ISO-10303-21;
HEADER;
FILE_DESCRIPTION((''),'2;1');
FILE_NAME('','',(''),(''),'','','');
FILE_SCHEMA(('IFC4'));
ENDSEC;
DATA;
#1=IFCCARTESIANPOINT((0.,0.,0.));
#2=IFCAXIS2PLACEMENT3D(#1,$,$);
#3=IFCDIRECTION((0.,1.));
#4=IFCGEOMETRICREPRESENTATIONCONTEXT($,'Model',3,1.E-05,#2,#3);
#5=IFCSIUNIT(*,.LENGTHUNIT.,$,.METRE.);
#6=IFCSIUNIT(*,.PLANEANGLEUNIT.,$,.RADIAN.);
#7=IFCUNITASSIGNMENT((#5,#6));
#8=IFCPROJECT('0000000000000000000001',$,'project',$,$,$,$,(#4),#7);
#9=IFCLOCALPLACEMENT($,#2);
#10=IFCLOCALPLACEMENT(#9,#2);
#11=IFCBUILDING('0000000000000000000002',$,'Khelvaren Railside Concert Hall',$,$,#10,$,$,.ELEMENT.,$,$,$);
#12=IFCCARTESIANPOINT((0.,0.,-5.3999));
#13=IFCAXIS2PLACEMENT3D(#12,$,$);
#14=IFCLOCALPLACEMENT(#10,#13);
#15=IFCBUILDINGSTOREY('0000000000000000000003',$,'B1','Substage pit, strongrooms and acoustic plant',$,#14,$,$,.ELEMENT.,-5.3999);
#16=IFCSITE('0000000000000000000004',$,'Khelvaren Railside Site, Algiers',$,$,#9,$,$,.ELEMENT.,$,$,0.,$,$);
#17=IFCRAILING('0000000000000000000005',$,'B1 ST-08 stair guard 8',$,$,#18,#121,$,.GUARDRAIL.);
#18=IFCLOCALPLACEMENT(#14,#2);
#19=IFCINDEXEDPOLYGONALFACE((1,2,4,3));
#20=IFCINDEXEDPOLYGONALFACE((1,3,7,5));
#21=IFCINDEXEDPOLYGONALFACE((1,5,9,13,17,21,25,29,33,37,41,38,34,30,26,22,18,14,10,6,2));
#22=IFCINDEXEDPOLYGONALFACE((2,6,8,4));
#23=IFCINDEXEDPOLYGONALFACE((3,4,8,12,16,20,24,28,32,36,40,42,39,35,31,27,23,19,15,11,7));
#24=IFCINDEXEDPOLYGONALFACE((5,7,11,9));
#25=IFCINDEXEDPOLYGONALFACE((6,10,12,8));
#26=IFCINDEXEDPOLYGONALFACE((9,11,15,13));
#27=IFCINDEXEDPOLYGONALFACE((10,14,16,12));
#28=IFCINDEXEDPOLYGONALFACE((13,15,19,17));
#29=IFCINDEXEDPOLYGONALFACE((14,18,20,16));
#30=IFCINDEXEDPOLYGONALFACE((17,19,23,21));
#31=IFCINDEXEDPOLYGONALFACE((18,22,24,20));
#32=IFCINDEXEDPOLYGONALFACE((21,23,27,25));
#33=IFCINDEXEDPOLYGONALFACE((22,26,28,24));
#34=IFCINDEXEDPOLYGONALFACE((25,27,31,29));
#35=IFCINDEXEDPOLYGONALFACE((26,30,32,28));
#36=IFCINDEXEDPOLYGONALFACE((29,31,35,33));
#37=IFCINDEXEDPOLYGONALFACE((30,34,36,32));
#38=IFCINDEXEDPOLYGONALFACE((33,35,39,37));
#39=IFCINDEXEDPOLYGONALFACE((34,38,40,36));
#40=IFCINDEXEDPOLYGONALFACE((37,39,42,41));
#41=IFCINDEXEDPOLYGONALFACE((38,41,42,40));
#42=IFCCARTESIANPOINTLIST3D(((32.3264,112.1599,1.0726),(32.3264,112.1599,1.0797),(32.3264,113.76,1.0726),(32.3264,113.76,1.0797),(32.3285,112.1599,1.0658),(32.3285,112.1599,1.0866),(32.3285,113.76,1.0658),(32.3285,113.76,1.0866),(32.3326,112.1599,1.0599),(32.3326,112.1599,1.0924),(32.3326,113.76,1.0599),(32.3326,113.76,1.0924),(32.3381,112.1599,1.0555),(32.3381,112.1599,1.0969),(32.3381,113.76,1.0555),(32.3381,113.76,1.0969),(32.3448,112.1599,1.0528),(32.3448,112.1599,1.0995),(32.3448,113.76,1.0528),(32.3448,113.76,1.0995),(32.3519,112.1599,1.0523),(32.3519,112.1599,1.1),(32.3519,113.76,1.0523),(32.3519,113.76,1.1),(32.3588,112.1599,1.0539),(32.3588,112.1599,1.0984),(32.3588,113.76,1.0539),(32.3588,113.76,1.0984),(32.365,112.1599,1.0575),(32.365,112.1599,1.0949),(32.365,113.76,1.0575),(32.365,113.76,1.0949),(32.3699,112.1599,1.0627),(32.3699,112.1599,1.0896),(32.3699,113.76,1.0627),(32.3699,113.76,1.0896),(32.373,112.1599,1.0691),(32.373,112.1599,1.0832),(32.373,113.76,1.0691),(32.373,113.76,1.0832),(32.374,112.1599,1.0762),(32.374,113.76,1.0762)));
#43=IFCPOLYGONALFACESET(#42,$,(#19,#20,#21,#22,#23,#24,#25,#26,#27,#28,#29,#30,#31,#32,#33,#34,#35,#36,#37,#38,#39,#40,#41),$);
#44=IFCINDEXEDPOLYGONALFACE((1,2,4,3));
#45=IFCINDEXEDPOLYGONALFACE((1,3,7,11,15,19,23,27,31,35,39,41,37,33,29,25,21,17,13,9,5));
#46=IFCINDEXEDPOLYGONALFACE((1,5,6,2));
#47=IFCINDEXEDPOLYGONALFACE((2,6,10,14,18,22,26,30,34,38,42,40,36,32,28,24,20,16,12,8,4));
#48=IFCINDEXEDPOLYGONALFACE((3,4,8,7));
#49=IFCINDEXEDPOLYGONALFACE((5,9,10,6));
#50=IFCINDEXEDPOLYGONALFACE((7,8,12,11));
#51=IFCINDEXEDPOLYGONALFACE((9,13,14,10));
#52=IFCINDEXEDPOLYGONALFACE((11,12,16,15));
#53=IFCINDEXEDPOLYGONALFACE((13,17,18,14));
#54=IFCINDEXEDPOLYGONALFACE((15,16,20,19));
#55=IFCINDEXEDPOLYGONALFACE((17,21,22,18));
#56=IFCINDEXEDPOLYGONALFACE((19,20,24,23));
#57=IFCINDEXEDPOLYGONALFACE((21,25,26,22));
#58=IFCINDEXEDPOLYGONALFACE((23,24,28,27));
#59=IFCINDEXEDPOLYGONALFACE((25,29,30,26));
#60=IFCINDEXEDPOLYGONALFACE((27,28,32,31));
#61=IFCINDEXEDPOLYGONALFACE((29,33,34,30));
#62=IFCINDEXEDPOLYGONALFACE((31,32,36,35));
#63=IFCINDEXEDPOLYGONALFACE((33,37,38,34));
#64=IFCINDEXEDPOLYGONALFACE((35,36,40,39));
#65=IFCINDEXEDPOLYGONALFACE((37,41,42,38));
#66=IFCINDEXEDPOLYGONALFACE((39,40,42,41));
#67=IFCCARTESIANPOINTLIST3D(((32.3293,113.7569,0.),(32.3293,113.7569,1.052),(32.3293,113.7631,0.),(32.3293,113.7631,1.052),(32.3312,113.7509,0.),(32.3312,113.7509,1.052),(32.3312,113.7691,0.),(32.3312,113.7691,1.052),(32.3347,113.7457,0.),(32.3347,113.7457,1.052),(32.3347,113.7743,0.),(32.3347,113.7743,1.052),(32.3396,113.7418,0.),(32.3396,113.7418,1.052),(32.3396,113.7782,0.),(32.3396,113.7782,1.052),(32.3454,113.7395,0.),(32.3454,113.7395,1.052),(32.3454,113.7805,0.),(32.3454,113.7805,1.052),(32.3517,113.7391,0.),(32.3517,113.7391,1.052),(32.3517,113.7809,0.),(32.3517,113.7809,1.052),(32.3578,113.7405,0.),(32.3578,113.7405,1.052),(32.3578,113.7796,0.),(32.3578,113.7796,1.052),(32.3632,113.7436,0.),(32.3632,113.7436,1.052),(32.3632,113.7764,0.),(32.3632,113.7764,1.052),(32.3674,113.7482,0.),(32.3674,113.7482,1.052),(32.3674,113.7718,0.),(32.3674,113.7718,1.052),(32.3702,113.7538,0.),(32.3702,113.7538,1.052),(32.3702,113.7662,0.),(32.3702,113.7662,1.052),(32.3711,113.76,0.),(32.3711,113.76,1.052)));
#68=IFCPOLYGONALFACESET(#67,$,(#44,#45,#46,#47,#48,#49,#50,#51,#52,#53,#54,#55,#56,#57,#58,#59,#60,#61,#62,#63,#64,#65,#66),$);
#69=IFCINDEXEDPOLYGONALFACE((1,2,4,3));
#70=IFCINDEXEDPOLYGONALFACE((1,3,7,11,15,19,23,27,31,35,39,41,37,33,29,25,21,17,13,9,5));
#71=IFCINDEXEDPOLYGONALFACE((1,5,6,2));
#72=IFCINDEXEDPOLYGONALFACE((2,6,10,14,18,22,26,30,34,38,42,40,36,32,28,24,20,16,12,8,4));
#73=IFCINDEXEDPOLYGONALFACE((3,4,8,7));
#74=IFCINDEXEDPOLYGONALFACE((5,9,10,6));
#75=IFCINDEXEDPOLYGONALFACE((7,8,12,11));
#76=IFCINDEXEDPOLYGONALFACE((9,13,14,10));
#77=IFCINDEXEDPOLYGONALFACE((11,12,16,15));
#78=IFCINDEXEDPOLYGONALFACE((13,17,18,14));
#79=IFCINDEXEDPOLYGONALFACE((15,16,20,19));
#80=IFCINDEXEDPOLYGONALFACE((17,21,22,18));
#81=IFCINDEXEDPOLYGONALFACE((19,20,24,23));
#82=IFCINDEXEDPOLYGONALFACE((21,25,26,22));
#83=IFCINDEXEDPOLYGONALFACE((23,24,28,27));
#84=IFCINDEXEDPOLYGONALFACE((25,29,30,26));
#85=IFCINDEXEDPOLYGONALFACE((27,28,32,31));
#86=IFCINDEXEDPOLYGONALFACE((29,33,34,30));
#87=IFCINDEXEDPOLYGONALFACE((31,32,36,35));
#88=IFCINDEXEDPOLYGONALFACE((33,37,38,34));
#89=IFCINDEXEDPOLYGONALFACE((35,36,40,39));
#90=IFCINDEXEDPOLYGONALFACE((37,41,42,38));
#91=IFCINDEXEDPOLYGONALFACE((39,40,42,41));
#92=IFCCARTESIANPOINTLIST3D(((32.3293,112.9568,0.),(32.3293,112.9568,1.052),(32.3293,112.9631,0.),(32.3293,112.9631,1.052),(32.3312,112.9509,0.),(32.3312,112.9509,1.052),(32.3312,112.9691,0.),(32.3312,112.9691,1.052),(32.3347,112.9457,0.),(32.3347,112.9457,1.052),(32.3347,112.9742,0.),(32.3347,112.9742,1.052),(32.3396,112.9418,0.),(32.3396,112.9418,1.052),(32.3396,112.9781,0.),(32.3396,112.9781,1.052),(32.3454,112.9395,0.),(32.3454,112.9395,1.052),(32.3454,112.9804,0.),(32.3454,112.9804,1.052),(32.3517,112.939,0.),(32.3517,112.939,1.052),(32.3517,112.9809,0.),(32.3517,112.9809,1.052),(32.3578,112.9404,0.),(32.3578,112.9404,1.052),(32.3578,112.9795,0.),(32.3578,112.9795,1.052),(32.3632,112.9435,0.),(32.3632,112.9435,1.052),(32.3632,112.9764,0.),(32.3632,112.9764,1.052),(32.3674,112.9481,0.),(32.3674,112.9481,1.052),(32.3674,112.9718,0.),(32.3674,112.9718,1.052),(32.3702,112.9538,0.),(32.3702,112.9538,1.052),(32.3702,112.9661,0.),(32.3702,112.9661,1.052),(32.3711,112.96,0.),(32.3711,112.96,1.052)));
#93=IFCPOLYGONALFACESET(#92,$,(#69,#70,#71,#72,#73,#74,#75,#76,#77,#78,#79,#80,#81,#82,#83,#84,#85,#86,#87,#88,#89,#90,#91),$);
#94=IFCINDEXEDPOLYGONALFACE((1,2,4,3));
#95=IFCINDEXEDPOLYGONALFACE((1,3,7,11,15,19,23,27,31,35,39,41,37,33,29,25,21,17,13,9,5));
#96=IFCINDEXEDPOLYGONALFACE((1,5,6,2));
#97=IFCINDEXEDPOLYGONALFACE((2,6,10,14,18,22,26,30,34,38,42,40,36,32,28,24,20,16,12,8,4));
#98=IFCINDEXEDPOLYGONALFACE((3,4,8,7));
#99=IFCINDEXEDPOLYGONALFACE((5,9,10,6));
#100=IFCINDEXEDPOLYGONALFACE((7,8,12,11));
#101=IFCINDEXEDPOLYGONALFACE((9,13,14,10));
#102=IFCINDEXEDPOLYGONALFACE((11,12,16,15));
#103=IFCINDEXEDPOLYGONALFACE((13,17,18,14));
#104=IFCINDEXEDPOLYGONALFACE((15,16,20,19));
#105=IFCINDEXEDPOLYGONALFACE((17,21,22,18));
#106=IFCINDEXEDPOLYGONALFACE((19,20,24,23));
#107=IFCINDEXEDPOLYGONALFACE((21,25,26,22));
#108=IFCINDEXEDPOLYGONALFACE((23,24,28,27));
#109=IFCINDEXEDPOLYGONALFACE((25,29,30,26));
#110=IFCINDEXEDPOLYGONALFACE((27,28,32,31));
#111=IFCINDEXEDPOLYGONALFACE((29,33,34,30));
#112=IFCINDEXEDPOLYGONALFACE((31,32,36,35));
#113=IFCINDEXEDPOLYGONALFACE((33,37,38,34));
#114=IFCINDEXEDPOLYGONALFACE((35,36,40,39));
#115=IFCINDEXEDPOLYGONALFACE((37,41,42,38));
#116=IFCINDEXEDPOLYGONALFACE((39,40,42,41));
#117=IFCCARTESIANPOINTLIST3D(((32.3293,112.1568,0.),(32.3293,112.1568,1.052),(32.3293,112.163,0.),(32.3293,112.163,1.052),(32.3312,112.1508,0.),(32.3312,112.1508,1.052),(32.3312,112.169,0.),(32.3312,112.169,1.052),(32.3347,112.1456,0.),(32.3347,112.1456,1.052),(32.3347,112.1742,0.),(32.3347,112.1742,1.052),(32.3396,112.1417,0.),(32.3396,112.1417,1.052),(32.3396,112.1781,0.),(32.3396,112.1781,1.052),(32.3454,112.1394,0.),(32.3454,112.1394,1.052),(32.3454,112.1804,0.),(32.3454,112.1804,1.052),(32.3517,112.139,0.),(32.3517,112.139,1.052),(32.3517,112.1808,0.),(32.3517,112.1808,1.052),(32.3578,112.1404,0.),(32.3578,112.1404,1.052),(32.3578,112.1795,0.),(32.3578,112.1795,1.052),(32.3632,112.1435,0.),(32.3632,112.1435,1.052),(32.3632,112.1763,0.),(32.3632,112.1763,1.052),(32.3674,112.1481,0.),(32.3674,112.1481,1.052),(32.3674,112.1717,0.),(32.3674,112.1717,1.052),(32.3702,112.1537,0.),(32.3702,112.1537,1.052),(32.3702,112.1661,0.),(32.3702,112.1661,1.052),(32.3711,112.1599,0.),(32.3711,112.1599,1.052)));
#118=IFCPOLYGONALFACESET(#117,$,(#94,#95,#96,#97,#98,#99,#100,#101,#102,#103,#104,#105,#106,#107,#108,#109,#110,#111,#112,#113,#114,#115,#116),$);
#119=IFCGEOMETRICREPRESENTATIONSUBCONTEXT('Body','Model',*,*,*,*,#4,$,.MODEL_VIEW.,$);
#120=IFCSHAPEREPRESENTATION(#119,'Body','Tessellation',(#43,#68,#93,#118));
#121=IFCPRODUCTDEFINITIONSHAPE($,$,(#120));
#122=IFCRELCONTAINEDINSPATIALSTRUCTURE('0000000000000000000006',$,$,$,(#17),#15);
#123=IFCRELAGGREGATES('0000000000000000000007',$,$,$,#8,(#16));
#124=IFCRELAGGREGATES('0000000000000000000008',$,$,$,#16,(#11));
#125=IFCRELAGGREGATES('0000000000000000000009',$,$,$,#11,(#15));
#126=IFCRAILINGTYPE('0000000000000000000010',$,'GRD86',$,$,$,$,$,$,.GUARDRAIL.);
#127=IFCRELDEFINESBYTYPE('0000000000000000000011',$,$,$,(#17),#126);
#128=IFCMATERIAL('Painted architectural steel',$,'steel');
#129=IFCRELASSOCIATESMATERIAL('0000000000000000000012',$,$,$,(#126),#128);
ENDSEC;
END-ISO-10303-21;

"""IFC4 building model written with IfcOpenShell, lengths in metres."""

from ifc_helpers import new_model, si_unit, direction, frame, origin, origin_2d, place, context, subcontext, project, spatial, circle, extrude, material, type_object, element, save


model = new_model("IFC4")

# Units and contexts
model_context = context("Model", 3, precision=1e-05, world=origin(), true_north=direction((0.0, 1.0)))
body_context = subcontext(model_context, "Body", "Model", "MODEL_VIEW")
ifc_project = project(units=[si_unit("LENGTHUNIT", "METRE"), si_unit("PLANEANGLEUNIT", "RADIAN")], contexts=[model_context])

# Site, building, storey
site_placement = place(None, origin())
site = spatial("IfcSite", under=ifc_project, at=site_placement, Name="Khelvaren Railside Site, Algiers", CompositionType="ELEMENT", RefElevation=0.0)
building_placement = place(site_placement, origin())
building = spatial("IfcBuilding", under=site, at=building_placement, Name="Khelvaren Railside Concert Hall", CompositionType="ELEMENT")
storey_placement = place(building_placement, frame((0.0, 0.0, -5.3999)))
storey = spatial("IfcBuildingStorey", under=building, at=storey_placement, Name="B1", Description="Substage pit, strongrooms and acoustic plant", CompositionType="ELEMENT", Elevation=-5.3999)

# Railing
ifc_material_1 = material(Name="Painted architectural steel", Category="steel")
railing_type_1 = type_object("IfcRailingType", Name="GRD86", PredefinedType="GUARDRAIL", material=ifc_material_1)
railing_1_placement = place(storey_placement, frame((32.3501, 113.76, 0.0)))
element("IfcRailing", 1, at=railing_1_placement, inside=storey, type_object=railing_type_1, Name="B1 ST-08 stair guard 8", PredefinedType="GUARDRAIL", context=body_context, shape_type="SweptSolid", body=[
    extrude(circle(Radius=0.0239, at=origin_2d()), frame((0.0, 0.0, 1.0762), z_axis=(0.0, -1.0, 0.0), x_axis=(1.0, 0.0, 0.0)), (0.0, 0.0, 1.0), 1.6001),
    extrude(circle(Radius=0.021, at=origin_2d()), origin(), (0.0, 0.0, 1.0), 1.052),
    extrude(circle(Radius=0.021, at=origin_2d()), frame((0.0, -0.8, 0.0)), (0.0, 0.0, 1.0), 1.052),
    extrude(circle(Radius=0.021, at=origin_2d()), frame((0.0, -1.6001, 0.0)), (0.0, 0.0, 1.0), 1.052),
])

save(model, "model.ifc")
